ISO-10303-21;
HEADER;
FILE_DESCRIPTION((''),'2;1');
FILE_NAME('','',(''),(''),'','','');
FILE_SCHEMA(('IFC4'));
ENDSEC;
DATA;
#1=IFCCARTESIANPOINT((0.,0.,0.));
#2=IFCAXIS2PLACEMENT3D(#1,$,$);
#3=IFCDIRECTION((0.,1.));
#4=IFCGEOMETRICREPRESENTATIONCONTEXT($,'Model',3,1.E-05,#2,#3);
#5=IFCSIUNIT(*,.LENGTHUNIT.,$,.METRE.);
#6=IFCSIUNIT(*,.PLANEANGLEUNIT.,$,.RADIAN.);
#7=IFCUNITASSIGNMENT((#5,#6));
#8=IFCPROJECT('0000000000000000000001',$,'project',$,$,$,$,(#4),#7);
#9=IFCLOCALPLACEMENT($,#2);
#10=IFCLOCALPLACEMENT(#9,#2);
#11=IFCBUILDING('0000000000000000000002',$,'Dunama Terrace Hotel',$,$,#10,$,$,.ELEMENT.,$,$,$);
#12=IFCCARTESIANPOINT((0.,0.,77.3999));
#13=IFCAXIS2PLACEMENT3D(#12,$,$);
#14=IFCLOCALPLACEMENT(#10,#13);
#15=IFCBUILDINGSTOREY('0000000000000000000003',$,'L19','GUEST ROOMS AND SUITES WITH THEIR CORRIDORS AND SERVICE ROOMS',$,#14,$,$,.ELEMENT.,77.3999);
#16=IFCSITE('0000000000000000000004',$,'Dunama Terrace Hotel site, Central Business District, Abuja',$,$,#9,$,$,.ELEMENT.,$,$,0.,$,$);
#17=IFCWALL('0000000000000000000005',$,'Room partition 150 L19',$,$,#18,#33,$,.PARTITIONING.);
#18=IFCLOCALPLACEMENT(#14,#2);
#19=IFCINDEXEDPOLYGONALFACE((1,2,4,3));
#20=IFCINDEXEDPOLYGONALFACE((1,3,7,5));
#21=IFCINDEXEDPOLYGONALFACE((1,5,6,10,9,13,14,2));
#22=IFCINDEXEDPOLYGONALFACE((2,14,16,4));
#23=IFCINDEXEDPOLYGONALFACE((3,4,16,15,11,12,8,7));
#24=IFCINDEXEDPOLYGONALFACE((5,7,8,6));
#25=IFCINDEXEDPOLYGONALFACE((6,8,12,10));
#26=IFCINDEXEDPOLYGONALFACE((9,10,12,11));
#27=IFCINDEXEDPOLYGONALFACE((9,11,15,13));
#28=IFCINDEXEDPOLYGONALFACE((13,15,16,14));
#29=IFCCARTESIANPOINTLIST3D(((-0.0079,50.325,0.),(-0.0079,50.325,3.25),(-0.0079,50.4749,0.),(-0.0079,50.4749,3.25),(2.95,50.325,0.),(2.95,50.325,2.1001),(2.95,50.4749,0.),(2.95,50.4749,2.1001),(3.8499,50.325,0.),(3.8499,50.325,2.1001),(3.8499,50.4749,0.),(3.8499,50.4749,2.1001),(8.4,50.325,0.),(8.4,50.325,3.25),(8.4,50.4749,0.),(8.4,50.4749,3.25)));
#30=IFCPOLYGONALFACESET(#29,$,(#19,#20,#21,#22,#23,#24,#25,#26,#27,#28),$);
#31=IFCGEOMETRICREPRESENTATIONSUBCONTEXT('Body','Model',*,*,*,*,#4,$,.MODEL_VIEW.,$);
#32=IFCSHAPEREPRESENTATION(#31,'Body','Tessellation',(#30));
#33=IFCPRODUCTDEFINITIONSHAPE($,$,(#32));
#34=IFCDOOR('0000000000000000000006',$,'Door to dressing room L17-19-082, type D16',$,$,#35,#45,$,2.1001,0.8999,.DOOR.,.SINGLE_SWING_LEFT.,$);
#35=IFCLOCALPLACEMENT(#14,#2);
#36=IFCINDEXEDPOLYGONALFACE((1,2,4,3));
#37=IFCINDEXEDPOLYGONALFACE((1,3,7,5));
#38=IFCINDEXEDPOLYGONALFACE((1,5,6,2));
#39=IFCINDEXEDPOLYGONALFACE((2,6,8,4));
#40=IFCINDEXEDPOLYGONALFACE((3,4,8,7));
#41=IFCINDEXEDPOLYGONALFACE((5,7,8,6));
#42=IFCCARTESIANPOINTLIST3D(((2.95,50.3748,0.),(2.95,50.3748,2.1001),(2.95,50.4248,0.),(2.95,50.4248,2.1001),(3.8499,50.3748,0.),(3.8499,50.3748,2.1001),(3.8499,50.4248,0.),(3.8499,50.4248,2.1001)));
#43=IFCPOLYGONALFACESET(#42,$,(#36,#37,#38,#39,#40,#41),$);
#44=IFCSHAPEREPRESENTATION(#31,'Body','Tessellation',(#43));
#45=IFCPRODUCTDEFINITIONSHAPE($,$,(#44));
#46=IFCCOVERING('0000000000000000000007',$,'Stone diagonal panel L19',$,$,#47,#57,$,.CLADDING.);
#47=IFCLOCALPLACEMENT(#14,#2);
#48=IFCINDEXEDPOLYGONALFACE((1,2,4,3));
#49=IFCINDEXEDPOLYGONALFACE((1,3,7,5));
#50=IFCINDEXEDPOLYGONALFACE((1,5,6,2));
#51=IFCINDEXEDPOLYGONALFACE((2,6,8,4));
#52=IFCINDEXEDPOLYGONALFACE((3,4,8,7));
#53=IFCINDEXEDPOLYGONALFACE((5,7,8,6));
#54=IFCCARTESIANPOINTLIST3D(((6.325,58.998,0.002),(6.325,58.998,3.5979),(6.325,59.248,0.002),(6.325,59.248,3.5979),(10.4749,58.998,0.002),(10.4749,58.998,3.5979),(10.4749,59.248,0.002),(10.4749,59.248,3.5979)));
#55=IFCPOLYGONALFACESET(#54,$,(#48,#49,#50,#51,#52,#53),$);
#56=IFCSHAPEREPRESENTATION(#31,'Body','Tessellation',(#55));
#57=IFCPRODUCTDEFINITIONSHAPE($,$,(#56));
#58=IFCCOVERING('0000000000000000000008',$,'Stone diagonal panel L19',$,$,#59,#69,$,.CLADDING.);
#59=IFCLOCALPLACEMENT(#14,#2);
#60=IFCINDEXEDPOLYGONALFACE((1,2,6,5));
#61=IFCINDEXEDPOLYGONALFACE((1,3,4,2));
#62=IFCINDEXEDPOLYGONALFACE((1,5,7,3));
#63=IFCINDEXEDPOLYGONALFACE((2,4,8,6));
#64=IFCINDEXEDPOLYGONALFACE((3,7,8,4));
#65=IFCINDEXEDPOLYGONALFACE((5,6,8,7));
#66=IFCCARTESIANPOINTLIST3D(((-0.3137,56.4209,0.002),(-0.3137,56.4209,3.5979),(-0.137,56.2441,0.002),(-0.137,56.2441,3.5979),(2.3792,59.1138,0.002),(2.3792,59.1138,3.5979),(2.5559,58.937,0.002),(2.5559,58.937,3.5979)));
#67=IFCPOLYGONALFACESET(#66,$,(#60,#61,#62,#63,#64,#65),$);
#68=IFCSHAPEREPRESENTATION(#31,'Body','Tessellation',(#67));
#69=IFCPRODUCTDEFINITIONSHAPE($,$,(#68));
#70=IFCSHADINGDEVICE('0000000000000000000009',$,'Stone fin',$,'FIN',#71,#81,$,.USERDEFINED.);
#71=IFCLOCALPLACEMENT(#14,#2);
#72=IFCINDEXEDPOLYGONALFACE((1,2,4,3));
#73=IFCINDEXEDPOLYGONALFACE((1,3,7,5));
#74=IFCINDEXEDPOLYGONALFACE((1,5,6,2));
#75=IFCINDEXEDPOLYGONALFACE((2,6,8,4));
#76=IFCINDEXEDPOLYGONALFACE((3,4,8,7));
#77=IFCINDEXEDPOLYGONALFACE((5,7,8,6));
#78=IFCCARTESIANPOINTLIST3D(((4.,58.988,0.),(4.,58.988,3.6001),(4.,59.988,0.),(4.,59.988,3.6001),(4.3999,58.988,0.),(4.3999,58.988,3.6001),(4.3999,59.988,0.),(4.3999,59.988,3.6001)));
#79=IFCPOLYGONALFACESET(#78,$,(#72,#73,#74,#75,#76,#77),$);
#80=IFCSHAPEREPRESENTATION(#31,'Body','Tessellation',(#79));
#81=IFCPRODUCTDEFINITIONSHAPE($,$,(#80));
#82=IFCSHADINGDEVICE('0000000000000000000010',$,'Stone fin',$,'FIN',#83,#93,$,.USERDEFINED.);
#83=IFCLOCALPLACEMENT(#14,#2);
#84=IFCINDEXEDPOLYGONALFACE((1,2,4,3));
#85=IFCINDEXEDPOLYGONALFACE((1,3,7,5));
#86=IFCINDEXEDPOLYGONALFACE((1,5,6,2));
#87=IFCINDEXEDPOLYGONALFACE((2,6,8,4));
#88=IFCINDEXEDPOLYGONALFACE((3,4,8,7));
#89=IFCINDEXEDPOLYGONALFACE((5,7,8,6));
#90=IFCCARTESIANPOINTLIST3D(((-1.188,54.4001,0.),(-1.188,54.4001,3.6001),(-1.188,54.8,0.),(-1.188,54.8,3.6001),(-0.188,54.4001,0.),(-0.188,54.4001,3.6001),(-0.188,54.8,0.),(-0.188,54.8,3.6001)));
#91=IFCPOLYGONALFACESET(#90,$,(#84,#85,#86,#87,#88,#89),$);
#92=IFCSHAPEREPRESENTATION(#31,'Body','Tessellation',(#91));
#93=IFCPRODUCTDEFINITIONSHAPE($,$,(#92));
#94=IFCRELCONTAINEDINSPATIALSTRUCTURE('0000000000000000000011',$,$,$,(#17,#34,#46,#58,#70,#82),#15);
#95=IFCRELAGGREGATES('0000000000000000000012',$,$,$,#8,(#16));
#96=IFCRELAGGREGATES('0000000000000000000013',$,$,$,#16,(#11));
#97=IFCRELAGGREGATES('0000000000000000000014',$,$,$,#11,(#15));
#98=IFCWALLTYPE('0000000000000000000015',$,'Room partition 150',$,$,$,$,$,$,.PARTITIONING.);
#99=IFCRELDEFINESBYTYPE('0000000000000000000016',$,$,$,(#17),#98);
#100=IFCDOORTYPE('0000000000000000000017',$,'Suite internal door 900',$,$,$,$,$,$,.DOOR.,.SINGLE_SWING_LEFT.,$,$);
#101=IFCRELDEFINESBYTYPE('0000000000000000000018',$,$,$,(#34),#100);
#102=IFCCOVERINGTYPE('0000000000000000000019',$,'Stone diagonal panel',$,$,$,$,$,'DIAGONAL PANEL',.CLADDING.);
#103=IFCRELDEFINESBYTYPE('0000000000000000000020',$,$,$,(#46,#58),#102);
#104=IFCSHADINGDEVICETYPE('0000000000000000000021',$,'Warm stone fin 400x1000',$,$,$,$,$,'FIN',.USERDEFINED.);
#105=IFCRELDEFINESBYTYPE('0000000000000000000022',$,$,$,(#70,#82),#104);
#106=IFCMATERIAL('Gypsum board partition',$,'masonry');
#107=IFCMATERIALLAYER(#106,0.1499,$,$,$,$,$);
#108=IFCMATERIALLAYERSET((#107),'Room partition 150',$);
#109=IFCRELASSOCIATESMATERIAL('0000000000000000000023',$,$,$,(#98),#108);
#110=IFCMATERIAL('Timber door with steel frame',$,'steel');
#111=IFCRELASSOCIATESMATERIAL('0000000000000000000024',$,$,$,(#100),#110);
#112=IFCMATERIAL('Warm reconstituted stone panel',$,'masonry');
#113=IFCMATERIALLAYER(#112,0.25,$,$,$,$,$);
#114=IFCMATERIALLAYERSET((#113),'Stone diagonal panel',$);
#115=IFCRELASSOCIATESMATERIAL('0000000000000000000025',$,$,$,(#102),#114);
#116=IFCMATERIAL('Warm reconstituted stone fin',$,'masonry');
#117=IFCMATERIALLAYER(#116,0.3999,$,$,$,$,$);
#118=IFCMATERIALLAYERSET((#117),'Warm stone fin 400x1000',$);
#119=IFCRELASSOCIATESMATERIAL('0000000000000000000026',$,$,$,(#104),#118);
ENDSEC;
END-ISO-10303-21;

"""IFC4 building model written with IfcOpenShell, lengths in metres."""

from ifc_helpers import new_model, si_unit, direction, frame, frame_2d, origin, origin_2d, place, context, subcontext, project, spatial, rectangle, extrude, material, layer, layer_set, type_object, element, fill, save


model = new_model("IFC4")

# Units and contexts
model_context = context("Model", 3, precision=1e-05, world=origin(), true_north=direction((0.0, 1.0)))
body_context = subcontext(model_context, "Body", "Model", "MODEL_VIEW")
ifc_project = project(units=[si_unit("LENGTHUNIT", "METRE"), si_unit("PLANEANGLEUNIT", "RADIAN")], contexts=[model_context])

# Site, building, storey
site_placement = place(None, origin())
site = spatial("IfcSite", under=ifc_project, at=site_placement, Name="Dunama Terrace Hotel site, Central Business District, Abuja", CompositionType="ELEMENT", RefElevation=0.0)
building_placement = place(site_placement, origin())
building = spatial("IfcBuilding", under=site, at=building_placement, Name="Dunama Terrace Hotel", CompositionType="ELEMENT")
storey_placement = place(building_placement, frame((0.0, 0.0, 77.3999)))
storey = spatial("IfcBuildingStorey", under=building, at=storey_placement, Name="L19", Description="GUEST ROOMS AND SUITES WITH THEIR CORRIDORS AND SERVICE ROOMS", CompositionType="ELEMENT", Elevation=77.3999)

# Wall, opening, door
ifc_material_1 = material(Name="Gypsum board partition", Category="masonry")
ifc_layer_1 = layer(ifc_material_1, 0.1499)
ifc_layer_set_1 = layer_set([ifc_layer_1], Name="Room partition 150")
wall_type_1 = type_object("IfcWallType", Name="Room partition 150", PredefinedType="PARTITIONING", material=ifc_layer_set_1)
wall_1_placement = place(storey_placement, frame((-0.0081, 50.3999, 0.0), z_axis=(0.0, 0.0, 1.0), x_axis=(1.0, 0.0, 0.0)))
wall_1 = element("IfcWall", 1, at=wall_1_placement, inside=storey, type_object=wall_type_1, Name="Room partition 150 L19", PredefinedType="PARTITIONING", context=body_context, shape_type="SweptSolid", body=[
    extrude(rectangle(XDim=8.408, YDim=0.1499, at=frame_2d((4.2041, 0.0))), origin(), (0.0, 0.0, 1.0), 3.25),
])
opening_1_placement = place(wall_1_placement, frame((2.958, 0.0, 0.0)))
opening_1 = element("IfcOpeningElement", 2, at=opening_1_placement, cuts=wall_1, PredefinedType="OPENING", context=body_context, shape_type="SweptSolid", body=[
    extrude(rectangle(XDim=0.8999, YDim=2.1001, at=frame_2d((0.45, 1.05))), frame((0.0, 0.085, 0.0), z_axis=(0.0, -1.0, 0.0), x_axis=(1.0, 0.0, 0.0)), (0.0, 0.0, 1.0), 0.1699),
])
ifc_material_2 = material(Name="Timber door with steel frame", Category="steel")
door_type_1 = type_object("IfcDoorType", Name="Suite internal door 900", OperationType="SINGLE_SWING_LEFT", PredefinedType="DOOR", material=ifc_material_2)
door_1_placement = place(opening_1_placement, frame((0.8999, 0.0, 0.0), z_axis=(0.0, 0.0, 1.0), x_axis=(-1.0, 0.0, 0.0)))
door_1 = element("IfcDoor", 3, at=door_1_placement, inside=storey, type_object=door_type_1, Name="Door to dressing room L17-19-082, type D16", OperationType="SINGLE_SWING_LEFT", OverallHeight=2.1001, OverallWidth=0.8999, PredefinedType="DOOR", context=body_context, shape_type="SweptSolid", body=[
    extrude(rectangle(XDim=0.8999, YDim=2.1001, at=frame_2d((0.45, 1.05))), frame((0.0, 0.0251, 0.0), z_axis=(0.0, -1.0, 0.0), x_axis=(1.0, 0.0, 0.0)), (0.0, 0.0, 1.0), 0.05),
])
fill(opening_1, door_1)

# Coverings
ifc_material_3 = material(Name="Warm reconstituted stone panel", Category="masonry")
ifc_layer_2 = layer(ifc_material_3, 0.25)
ifc_layer_set_2 = layer_set([ifc_layer_2], Name="Stone diagonal panel")
covering_type = type_object("IfcCoveringType", Name="Stone diagonal panel", ElementType="DIAGONAL PANEL", PredefinedType="CLADDING", material=ifc_layer_set_2)
covering_1_placement = place(storey_placement, frame((8.3999, 59.123, 0.002), z_axis=(0.0, 0.0, 1.0), x_axis=(-1.0, 0.0, 0.0)))
element("IfcCovering", 4, at=covering_1_placement, inside=storey, type_object=covering_type, Name="Stone diagonal panel L19", PredefinedType="CLADDING", context=body_context, shape_type="SweptSolid", body=[
    extrude(rectangle(XDim=4.1499, YDim=0.25, at=origin_2d()), origin(), (0.0, 0.0, 1.0), 3.5959),
])
covering_2_placement = place(storey_placement, frame((1.1211, 57.679, 0.002), z_axis=(0.0, 0.0, 1.0), x_axis=(-0.707107, -0.707107, 0.0)))
element("IfcCovering", 5, at=covering_2_placement, inside=storey, type_object=covering_type, Name="Stone diagonal panel L19", PredefinedType="CLADDING", context=body_context, shape_type="SweptSolid", body=[
    extrude(rectangle(XDim=3.8083, YDim=0.25, at=origin_2d()), origin(), (0.0, 0.0, 1.0), 3.5959),
])

# Shading devices
ifc_material_4 = material(Name="Warm reconstituted stone fin", Category="masonry")
ifc_layer_3 = layer(ifc_material_4, 0.3999)
ifc_layer_set_3 = layer_set([ifc_layer_3], Name="Warm stone fin 400x1000")
shading_device_type = type_object("IfcShadingDeviceType", Name="Warm stone fin 400x1000", ElementType="FIN", PredefinedType="USERDEFINED", material=ifc_layer_set_3)
for number, where, z_axis, x_axis, name in (
    (6, (4.2, 59.488, 0.0), (0.0, 0.0, 1.0), (-1.0, 0.0, 0.0), "Stone fin"),
    (7, (-0.688, 54.6001, 0.0), (0.0, 0.0, 1.0), (0.0, -1.0, 0.0), "Stone fin"),
):
    element("IfcShadingDevice", number, at=place(storey_placement, frame(where, z_axis=z_axis, x_axis=x_axis)), inside=storey, type_object=shading_device_type, Name=name, ObjectType="FIN", PredefinedType="USERDEFINED", context=body_context, shape_type="SweptSolid", body=[
        extrude(rectangle(XDim=0.3999, YDim=1.0, at=origin_2d()), origin(), (0.0, 0.0, 1.0), 3.6001),
    ])

save(model, "model.ifc")
